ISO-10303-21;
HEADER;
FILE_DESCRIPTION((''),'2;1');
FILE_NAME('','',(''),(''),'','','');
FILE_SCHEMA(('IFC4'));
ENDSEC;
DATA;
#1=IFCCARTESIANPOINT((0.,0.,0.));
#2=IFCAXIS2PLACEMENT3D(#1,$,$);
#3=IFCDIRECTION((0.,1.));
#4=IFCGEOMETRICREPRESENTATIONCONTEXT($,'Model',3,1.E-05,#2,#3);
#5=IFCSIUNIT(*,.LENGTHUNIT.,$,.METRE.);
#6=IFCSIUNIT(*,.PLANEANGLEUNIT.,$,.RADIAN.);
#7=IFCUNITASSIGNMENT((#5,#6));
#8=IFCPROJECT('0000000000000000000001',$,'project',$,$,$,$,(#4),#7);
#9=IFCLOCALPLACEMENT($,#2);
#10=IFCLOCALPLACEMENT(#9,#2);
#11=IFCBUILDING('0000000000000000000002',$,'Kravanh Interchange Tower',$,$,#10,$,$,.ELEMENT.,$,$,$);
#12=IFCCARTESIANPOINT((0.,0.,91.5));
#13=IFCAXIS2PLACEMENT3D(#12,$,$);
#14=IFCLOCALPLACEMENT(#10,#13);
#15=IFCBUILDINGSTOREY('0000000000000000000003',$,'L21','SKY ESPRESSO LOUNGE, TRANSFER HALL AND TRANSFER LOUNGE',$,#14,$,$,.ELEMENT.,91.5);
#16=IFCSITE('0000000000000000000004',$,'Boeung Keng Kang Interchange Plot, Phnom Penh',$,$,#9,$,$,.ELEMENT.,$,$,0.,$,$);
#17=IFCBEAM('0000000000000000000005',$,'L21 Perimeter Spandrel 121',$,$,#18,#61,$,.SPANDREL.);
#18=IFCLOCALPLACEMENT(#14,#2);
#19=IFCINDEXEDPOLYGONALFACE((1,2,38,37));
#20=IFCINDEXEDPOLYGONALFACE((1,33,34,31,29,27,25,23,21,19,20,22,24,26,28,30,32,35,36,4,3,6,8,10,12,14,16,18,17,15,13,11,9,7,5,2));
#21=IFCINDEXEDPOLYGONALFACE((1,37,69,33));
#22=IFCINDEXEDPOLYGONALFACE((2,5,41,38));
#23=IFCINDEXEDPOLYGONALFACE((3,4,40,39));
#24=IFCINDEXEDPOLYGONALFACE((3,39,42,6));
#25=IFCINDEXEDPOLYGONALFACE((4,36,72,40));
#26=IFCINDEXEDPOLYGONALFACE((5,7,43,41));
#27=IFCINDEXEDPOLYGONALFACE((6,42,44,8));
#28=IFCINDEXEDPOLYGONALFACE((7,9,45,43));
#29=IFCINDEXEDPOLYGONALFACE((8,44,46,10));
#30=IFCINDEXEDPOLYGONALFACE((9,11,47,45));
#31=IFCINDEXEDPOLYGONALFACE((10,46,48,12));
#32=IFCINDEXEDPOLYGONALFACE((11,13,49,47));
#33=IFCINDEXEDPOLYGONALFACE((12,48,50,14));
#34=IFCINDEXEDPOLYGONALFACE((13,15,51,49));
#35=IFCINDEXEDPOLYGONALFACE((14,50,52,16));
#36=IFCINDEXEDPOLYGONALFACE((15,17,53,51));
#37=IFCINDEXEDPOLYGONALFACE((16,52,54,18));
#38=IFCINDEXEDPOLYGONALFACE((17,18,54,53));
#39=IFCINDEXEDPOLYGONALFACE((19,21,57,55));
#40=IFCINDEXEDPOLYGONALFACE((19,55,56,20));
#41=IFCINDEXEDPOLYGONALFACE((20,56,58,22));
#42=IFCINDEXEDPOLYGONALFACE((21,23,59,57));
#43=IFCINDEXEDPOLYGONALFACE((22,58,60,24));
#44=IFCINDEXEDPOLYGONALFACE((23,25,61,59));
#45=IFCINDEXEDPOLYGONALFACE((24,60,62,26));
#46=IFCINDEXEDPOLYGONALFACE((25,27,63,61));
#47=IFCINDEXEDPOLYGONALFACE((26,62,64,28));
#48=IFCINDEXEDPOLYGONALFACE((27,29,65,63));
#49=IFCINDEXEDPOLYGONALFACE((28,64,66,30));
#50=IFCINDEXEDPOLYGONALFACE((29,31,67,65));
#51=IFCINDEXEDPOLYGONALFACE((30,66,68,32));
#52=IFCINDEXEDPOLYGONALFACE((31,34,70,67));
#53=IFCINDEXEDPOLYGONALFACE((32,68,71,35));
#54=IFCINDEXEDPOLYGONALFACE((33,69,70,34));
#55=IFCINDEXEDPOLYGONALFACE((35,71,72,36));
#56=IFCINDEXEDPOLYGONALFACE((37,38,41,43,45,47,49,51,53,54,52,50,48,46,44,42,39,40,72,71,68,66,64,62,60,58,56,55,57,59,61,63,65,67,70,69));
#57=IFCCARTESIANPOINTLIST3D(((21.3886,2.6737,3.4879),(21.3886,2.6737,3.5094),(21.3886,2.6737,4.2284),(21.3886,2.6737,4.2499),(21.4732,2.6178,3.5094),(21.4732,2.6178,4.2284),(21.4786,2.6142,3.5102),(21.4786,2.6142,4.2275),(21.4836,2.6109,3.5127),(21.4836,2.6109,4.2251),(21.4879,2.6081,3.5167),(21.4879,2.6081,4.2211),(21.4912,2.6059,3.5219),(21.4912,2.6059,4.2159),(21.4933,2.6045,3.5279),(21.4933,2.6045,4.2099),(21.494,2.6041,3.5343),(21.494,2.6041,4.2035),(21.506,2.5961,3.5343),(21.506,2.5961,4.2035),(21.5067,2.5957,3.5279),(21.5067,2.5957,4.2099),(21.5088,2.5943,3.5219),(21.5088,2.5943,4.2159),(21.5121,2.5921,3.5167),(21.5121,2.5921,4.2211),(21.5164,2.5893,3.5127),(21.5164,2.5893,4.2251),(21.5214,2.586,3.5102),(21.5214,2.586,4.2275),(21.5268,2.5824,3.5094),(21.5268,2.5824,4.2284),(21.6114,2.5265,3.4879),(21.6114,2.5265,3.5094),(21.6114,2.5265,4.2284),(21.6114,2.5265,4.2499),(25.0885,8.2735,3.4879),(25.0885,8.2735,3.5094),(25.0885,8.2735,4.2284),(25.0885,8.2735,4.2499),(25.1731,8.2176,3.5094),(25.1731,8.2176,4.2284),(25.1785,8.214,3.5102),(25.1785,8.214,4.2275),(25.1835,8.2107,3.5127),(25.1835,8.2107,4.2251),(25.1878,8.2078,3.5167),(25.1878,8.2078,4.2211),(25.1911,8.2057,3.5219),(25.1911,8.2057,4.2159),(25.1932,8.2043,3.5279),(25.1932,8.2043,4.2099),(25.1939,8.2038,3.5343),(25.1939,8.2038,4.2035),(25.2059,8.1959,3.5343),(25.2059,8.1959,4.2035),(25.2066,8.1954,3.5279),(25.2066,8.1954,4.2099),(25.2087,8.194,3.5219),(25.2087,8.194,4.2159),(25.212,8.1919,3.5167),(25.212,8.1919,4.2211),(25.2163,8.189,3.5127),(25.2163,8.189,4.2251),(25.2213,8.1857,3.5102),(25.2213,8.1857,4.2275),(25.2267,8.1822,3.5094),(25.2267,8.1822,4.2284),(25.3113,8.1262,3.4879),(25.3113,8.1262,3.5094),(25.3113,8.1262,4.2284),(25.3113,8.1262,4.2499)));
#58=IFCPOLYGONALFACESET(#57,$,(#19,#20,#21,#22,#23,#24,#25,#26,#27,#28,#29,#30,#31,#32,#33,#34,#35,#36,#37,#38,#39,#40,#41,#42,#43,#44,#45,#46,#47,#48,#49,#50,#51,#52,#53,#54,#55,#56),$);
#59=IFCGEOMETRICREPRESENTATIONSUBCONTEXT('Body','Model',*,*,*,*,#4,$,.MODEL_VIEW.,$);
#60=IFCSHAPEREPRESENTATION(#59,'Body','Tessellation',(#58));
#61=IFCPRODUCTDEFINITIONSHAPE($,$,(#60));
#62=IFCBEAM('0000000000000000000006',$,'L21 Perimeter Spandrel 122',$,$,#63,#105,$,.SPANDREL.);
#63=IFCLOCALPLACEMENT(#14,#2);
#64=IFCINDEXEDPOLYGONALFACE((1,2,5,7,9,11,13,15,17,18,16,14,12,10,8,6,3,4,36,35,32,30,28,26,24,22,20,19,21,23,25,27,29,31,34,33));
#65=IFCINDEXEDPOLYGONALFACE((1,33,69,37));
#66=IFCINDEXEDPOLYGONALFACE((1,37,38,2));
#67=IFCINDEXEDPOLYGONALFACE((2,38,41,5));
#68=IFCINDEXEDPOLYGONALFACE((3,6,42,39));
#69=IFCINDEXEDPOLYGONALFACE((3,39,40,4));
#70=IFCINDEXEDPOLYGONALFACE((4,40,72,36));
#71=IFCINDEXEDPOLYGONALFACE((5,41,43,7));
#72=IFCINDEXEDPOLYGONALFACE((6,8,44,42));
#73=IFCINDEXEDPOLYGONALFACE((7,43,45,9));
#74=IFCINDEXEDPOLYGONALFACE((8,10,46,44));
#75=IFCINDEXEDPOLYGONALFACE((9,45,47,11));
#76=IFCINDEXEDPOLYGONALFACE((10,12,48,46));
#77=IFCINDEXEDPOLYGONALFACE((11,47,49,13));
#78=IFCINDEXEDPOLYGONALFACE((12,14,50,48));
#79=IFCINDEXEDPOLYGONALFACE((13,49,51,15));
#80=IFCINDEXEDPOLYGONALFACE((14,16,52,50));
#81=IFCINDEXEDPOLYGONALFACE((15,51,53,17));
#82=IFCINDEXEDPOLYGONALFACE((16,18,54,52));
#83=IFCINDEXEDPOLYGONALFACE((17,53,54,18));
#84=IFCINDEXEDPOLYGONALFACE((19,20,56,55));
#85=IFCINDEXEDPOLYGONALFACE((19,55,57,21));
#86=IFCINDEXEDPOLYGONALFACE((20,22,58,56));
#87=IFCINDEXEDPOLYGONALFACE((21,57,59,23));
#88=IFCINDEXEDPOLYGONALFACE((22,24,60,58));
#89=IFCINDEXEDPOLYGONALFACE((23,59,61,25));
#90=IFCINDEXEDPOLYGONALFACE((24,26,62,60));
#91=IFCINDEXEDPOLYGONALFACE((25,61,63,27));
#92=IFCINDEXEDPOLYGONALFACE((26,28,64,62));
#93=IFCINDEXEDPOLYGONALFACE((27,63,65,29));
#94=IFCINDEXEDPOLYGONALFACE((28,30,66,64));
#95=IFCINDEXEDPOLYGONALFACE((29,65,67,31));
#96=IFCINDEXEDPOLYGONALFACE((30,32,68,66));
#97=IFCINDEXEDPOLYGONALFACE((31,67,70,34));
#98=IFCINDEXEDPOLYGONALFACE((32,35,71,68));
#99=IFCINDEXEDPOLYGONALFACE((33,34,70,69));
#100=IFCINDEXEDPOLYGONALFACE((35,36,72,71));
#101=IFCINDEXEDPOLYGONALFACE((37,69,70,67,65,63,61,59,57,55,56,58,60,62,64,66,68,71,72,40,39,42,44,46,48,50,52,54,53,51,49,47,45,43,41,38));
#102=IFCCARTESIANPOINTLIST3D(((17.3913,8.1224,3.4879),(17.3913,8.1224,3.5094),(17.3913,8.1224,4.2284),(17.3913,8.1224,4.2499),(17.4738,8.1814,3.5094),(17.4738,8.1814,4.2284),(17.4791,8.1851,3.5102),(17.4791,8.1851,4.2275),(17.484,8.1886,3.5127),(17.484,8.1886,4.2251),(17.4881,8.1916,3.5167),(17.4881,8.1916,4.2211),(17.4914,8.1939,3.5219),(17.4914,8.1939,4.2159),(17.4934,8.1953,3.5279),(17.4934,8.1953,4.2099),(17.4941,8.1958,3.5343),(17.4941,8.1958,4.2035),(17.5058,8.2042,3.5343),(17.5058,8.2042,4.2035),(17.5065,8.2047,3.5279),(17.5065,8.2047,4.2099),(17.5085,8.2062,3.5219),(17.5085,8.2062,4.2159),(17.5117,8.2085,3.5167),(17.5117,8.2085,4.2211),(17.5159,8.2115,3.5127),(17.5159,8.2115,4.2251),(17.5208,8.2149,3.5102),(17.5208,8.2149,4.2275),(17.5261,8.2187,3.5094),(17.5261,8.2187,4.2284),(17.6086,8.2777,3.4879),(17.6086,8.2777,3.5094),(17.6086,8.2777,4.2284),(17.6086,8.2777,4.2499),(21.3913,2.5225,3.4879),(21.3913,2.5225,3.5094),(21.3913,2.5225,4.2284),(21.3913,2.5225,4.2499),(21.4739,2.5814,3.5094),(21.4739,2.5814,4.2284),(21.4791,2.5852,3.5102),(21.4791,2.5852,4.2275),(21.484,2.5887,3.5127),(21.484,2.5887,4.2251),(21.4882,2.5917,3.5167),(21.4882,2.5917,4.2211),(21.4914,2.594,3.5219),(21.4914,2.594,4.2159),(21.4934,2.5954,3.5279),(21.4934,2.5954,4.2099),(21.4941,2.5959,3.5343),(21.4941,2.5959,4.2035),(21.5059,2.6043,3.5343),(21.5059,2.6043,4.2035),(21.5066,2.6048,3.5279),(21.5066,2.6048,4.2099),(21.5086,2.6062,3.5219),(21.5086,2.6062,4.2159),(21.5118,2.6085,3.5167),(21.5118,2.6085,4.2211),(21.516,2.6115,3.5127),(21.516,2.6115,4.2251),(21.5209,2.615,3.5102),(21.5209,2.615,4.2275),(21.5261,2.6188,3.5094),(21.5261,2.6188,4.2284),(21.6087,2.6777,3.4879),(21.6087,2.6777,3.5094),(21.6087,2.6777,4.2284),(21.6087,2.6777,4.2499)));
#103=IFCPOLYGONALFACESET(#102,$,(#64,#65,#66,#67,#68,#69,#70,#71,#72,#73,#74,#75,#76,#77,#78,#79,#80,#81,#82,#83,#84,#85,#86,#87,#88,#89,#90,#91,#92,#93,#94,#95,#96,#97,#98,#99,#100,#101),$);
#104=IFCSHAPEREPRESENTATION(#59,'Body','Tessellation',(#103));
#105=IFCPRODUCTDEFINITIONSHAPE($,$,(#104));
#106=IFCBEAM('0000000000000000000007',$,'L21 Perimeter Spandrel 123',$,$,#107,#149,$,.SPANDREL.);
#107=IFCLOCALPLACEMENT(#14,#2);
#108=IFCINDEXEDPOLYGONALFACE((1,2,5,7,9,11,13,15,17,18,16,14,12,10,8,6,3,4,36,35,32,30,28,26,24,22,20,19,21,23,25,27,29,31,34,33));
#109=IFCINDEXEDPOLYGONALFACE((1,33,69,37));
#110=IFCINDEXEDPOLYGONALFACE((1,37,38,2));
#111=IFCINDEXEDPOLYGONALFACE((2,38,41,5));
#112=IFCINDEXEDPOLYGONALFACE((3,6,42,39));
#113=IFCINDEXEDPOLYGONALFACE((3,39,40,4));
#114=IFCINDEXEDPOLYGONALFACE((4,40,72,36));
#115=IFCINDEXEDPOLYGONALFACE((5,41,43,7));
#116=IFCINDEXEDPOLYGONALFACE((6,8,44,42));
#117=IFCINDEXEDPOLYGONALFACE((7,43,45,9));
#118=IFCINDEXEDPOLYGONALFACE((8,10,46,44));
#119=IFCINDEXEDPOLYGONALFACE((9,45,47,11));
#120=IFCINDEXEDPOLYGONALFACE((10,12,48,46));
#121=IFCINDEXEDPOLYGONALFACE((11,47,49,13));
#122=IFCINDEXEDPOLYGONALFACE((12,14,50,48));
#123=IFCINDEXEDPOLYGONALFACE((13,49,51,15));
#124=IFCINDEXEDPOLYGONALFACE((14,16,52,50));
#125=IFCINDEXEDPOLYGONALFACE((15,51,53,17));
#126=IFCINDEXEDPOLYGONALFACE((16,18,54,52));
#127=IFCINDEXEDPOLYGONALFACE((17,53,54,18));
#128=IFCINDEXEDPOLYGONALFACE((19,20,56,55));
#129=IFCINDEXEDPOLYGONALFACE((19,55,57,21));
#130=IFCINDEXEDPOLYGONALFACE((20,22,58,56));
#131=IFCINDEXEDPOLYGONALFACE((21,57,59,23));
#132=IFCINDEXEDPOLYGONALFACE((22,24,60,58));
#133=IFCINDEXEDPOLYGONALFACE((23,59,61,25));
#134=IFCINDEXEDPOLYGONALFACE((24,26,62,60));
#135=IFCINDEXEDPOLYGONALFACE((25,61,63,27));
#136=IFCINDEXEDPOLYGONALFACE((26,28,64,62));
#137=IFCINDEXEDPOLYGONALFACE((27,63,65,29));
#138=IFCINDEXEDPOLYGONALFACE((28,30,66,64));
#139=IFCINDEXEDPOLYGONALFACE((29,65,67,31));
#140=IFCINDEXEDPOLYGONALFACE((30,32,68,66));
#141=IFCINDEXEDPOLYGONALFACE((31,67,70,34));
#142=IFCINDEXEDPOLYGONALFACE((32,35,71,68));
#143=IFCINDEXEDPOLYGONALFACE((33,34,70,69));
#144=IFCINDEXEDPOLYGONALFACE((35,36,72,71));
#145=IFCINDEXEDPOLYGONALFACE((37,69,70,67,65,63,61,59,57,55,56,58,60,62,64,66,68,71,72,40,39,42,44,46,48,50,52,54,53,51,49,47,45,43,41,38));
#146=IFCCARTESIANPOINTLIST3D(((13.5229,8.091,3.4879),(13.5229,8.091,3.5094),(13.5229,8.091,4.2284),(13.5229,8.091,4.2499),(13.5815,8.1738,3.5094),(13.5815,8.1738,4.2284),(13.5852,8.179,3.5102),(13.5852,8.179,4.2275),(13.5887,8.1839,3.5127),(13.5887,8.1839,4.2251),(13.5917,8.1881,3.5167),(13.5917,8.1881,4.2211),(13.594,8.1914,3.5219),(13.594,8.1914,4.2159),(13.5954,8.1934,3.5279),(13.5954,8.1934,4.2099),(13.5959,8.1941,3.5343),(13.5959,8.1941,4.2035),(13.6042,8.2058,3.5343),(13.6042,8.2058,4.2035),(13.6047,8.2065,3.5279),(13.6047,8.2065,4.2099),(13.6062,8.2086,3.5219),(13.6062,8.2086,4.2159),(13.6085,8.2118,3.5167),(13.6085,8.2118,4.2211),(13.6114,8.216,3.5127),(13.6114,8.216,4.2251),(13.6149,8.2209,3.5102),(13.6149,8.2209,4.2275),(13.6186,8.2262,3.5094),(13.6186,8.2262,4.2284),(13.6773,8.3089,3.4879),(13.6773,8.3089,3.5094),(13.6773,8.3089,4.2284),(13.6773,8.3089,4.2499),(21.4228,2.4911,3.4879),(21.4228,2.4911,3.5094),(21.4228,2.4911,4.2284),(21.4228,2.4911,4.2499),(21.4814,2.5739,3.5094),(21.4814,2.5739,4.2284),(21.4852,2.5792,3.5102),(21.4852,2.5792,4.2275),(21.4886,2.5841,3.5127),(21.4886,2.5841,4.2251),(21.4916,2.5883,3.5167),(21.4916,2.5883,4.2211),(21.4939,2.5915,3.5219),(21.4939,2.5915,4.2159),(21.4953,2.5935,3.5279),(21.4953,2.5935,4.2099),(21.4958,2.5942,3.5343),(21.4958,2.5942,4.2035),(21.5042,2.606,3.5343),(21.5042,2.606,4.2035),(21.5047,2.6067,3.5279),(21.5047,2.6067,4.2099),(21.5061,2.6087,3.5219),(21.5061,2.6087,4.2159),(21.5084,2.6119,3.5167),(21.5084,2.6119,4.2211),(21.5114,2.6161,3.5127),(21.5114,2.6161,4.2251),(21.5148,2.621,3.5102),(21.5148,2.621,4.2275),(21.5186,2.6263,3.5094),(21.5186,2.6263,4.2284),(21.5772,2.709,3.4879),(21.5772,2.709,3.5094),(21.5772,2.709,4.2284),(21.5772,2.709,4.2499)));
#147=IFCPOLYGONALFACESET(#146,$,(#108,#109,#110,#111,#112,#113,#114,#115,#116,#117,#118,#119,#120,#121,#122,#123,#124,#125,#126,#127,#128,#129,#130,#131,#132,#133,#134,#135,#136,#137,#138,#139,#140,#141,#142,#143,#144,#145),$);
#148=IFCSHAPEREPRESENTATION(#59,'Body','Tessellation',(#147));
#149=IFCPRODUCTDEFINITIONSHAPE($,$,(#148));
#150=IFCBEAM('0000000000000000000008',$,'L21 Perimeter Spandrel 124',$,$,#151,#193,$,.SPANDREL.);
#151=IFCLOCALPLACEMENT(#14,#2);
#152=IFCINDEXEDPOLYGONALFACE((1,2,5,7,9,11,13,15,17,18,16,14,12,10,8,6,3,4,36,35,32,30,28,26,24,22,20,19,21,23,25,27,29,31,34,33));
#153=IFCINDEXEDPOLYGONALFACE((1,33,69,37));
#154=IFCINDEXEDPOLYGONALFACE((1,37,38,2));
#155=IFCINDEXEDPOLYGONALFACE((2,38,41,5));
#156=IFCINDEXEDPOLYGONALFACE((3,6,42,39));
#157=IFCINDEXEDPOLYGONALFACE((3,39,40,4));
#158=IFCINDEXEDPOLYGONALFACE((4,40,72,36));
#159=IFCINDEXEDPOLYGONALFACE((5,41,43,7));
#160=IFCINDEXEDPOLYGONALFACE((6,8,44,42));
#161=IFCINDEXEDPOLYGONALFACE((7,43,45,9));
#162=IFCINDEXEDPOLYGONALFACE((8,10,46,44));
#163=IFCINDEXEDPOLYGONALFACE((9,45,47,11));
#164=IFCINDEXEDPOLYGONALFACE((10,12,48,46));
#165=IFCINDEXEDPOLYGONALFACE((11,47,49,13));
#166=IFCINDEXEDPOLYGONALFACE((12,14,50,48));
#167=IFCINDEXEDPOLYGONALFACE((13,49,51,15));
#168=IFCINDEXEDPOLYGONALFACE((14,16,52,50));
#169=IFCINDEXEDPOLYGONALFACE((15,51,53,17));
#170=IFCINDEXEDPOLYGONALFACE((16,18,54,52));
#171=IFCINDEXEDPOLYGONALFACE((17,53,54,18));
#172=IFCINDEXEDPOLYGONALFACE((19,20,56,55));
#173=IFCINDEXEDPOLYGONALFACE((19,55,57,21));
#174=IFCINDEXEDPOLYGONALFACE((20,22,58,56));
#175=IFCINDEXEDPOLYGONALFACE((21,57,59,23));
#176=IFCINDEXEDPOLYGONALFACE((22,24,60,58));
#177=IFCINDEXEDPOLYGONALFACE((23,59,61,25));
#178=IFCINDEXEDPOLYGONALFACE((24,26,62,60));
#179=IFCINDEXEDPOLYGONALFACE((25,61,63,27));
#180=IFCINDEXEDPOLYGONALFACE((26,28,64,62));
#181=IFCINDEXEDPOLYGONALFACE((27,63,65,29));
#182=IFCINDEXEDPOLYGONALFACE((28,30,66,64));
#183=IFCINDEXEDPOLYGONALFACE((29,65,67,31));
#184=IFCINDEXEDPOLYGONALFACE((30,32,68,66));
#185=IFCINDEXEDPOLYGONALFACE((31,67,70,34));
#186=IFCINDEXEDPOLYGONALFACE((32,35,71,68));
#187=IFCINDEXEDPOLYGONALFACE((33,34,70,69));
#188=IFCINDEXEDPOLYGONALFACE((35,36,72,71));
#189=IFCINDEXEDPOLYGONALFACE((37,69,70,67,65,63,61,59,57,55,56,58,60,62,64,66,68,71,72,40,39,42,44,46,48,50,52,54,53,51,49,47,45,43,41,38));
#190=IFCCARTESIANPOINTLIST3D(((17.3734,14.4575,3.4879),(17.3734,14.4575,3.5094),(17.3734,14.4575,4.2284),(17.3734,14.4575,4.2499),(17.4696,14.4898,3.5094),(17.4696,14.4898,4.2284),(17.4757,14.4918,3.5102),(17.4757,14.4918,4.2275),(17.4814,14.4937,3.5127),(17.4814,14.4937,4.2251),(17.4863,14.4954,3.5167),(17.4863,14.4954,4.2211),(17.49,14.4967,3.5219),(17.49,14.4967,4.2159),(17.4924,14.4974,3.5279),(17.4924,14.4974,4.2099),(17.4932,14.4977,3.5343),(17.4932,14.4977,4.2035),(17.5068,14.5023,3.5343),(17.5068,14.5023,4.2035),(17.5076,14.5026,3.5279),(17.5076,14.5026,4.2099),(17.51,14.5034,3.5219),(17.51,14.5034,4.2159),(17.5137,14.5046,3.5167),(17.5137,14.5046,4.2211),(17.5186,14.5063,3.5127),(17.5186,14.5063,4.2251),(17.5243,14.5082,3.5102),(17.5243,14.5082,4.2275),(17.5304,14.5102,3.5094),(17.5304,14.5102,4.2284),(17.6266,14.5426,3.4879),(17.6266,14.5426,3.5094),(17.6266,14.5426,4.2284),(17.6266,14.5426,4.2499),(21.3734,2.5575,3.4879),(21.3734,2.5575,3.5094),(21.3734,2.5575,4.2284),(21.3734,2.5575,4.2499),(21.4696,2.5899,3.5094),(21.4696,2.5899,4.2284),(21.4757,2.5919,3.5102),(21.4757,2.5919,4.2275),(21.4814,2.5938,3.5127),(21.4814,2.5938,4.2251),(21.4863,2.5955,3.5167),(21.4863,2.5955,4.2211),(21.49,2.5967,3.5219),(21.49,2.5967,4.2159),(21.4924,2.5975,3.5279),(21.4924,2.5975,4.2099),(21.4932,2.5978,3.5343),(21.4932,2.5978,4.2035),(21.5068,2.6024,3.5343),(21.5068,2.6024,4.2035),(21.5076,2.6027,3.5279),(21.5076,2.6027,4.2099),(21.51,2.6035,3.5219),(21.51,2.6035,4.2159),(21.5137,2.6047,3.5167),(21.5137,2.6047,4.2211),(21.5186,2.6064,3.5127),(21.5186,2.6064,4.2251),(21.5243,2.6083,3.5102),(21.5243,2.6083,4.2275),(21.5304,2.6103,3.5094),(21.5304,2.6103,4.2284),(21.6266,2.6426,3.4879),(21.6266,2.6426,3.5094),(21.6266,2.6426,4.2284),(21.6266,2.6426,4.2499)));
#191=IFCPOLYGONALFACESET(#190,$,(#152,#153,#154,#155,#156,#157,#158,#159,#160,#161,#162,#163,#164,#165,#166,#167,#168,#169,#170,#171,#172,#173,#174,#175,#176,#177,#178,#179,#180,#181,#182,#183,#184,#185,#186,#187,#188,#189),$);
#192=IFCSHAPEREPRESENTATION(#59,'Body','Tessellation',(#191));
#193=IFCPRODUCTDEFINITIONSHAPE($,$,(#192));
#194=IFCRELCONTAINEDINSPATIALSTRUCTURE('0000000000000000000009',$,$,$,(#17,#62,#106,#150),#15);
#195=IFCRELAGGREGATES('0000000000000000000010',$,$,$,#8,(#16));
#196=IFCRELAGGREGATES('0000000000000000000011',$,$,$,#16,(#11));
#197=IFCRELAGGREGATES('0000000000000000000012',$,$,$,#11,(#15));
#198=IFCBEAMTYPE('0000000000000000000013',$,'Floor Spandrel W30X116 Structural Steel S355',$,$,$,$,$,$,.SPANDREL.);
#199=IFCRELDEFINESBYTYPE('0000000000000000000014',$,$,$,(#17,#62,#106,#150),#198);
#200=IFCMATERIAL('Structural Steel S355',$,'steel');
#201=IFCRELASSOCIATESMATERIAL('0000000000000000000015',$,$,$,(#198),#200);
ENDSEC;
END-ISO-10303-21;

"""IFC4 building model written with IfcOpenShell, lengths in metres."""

from ifc_helpers import new_model, si_unit, direction, frame, origin, origin_2d, place, context, subcontext, project, spatial, i_section, extrude, material, material_profile, profile_set, type_object, element, save


model = new_model("IFC4")

# Units and contexts
model_context = context("Model", 3, precision=1e-05, world=origin(), true_north=direction((0.0, 1.0)))
body_context = subcontext(model_context, "Body", "Model", "MODEL_VIEW")
ifc_project = project(units=[si_unit("LENGTHUNIT", "METRE"), si_unit("PLANEANGLEUNIT", "RADIAN")], contexts=[model_context])

# Site, building, storey
site_placement = place(None, origin())
site = spatial("IfcSite", under=ifc_project, at=site_placement, Name="Boeung Keng Kang Interchange Plot, Phnom Penh", CompositionType="ELEMENT", RefElevation=0.0)
building_placement = place(site_placement, origin())
building = spatial("IfcBuilding", under=site, at=building_placement, Name="Kravanh Interchange Tower", CompositionType="ELEMENT")
storey_placement = place(building_placement, frame((0.0, 0.0, 91.5)))
storey = spatial("IfcBuildingStorey", under=building, at=storey_placement, Name="L21", Description="SKY ESPRESSO LOUNGE, TRANSFER HALL AND TRANSFER LOUNGE", CompositionType="ELEMENT", Elevation=91.5)

# Beams
ifc_material_1 = material(Name="Structural Steel S355", Category="steel")
ifc_material_profile_1 = material_profile(ifc_material_1, i_section(OverallWidth=0.2671, OverallDepth=0.762, WebThickness=0.0144, FlangeThickness=0.0215, FilletRadius=0.0249, at=origin_2d()), Name="W30X116")
ifc_profile_set_1 = profile_set([ifc_material_profile_1], Name="Structural Steel S355")
beam_type_1 = type_object("IfcBeamType", Name="Floor Spandrel W30X116 Structural Steel S355", PredefinedType="SPANDREL", material=ifc_profile_set_1)
beam_1_placement = place(storey_placement, frame((21.5, 2.6001, 3.8689), z_axis=(0.551262, 0.834332, 0.0), x_axis=(-0.834332, 0.551262, 0.0)))
element("IfcBeam", 1, at=beam_1_placement, inside=storey, type_object=beam_type_1, Name="L21 Perimeter Spandrel 121", PredefinedType="SPANDREL", context=body_context, shape_type="SweptSolid", body=[
    extrude(i_section(OverallWidth=0.2671, OverallDepth=0.762, WebThickness=0.0144, FlangeThickness=0.0215, FilletRadius=0.0249, at=origin_2d()), origin(), (0.0, 0.0, 1.0), 6.7117),
])
beam_2_placement = place(storey_placement, frame((21.5, 2.6001, 3.8689), z_axis=(-0.581248, 0.813726, 0.0), x_axis=(-0.813726, -0.581248, 0.0)))
element("IfcBeam", 2, at=beam_2_placement, inside=storey, type_object=beam_type_1, Name="L21 Perimeter Spandrel 122", PredefinedType="SPANDREL", context=body_context, shape_type="SweptSolid", body=[
    extrude(i_section(OverallWidth=0.2671, OverallDepth=0.762, WebThickness=0.0144, FlangeThickness=0.0215, FilletRadius=0.0249, at=origin_2d()), origin(), (0.0, 0.0, 1.0), 6.8818),
])
beam_3_placement = place(storey_placement, frame((21.5, 2.6001, 3.8689), z_axis=(-0.815825, 0.578299, 0.0), x_axis=(-0.578299, -0.815825, 0.0)))
element("IfcBeam", 3, at=beam_3_placement, inside=storey, type_object=beam_type_1, Name="L21 Perimeter Spandrel 123", PredefinedType="SPANDREL", context=body_context, shape_type="SweptSolid", body=[
    extrude(i_section(OverallWidth=0.2671, OverallDepth=0.762, WebThickness=0.0144, FlangeThickness=0.0215, FilletRadius=0.0249, at=origin_2d()), origin(), (0.0, 0.0, 1.0), 9.6833),
])
beam_4_placement = place(storey_placement, frame((21.5, 2.6001, 3.8689), z_axis=(-0.318619, 0.947883, 0.0), x_axis=(-0.947883, -0.318619, 0.0)))
element("IfcBeam", 4, at=beam_4_placement, inside=storey, type_object=beam_type_1, Name="L21 Perimeter Spandrel 124", PredefinedType="SPANDREL", context=body_context, shape_type="SweptSolid", body=[
    extrude(i_section(OverallWidth=0.2671, OverallDepth=0.762, WebThickness=0.0144, FlangeThickness=0.0215, FilletRadius=0.0249, at=origin_2d()), origin(), (0.0, 0.0, 1.0), 12.5542),
])

save(model, "model.ifc")
